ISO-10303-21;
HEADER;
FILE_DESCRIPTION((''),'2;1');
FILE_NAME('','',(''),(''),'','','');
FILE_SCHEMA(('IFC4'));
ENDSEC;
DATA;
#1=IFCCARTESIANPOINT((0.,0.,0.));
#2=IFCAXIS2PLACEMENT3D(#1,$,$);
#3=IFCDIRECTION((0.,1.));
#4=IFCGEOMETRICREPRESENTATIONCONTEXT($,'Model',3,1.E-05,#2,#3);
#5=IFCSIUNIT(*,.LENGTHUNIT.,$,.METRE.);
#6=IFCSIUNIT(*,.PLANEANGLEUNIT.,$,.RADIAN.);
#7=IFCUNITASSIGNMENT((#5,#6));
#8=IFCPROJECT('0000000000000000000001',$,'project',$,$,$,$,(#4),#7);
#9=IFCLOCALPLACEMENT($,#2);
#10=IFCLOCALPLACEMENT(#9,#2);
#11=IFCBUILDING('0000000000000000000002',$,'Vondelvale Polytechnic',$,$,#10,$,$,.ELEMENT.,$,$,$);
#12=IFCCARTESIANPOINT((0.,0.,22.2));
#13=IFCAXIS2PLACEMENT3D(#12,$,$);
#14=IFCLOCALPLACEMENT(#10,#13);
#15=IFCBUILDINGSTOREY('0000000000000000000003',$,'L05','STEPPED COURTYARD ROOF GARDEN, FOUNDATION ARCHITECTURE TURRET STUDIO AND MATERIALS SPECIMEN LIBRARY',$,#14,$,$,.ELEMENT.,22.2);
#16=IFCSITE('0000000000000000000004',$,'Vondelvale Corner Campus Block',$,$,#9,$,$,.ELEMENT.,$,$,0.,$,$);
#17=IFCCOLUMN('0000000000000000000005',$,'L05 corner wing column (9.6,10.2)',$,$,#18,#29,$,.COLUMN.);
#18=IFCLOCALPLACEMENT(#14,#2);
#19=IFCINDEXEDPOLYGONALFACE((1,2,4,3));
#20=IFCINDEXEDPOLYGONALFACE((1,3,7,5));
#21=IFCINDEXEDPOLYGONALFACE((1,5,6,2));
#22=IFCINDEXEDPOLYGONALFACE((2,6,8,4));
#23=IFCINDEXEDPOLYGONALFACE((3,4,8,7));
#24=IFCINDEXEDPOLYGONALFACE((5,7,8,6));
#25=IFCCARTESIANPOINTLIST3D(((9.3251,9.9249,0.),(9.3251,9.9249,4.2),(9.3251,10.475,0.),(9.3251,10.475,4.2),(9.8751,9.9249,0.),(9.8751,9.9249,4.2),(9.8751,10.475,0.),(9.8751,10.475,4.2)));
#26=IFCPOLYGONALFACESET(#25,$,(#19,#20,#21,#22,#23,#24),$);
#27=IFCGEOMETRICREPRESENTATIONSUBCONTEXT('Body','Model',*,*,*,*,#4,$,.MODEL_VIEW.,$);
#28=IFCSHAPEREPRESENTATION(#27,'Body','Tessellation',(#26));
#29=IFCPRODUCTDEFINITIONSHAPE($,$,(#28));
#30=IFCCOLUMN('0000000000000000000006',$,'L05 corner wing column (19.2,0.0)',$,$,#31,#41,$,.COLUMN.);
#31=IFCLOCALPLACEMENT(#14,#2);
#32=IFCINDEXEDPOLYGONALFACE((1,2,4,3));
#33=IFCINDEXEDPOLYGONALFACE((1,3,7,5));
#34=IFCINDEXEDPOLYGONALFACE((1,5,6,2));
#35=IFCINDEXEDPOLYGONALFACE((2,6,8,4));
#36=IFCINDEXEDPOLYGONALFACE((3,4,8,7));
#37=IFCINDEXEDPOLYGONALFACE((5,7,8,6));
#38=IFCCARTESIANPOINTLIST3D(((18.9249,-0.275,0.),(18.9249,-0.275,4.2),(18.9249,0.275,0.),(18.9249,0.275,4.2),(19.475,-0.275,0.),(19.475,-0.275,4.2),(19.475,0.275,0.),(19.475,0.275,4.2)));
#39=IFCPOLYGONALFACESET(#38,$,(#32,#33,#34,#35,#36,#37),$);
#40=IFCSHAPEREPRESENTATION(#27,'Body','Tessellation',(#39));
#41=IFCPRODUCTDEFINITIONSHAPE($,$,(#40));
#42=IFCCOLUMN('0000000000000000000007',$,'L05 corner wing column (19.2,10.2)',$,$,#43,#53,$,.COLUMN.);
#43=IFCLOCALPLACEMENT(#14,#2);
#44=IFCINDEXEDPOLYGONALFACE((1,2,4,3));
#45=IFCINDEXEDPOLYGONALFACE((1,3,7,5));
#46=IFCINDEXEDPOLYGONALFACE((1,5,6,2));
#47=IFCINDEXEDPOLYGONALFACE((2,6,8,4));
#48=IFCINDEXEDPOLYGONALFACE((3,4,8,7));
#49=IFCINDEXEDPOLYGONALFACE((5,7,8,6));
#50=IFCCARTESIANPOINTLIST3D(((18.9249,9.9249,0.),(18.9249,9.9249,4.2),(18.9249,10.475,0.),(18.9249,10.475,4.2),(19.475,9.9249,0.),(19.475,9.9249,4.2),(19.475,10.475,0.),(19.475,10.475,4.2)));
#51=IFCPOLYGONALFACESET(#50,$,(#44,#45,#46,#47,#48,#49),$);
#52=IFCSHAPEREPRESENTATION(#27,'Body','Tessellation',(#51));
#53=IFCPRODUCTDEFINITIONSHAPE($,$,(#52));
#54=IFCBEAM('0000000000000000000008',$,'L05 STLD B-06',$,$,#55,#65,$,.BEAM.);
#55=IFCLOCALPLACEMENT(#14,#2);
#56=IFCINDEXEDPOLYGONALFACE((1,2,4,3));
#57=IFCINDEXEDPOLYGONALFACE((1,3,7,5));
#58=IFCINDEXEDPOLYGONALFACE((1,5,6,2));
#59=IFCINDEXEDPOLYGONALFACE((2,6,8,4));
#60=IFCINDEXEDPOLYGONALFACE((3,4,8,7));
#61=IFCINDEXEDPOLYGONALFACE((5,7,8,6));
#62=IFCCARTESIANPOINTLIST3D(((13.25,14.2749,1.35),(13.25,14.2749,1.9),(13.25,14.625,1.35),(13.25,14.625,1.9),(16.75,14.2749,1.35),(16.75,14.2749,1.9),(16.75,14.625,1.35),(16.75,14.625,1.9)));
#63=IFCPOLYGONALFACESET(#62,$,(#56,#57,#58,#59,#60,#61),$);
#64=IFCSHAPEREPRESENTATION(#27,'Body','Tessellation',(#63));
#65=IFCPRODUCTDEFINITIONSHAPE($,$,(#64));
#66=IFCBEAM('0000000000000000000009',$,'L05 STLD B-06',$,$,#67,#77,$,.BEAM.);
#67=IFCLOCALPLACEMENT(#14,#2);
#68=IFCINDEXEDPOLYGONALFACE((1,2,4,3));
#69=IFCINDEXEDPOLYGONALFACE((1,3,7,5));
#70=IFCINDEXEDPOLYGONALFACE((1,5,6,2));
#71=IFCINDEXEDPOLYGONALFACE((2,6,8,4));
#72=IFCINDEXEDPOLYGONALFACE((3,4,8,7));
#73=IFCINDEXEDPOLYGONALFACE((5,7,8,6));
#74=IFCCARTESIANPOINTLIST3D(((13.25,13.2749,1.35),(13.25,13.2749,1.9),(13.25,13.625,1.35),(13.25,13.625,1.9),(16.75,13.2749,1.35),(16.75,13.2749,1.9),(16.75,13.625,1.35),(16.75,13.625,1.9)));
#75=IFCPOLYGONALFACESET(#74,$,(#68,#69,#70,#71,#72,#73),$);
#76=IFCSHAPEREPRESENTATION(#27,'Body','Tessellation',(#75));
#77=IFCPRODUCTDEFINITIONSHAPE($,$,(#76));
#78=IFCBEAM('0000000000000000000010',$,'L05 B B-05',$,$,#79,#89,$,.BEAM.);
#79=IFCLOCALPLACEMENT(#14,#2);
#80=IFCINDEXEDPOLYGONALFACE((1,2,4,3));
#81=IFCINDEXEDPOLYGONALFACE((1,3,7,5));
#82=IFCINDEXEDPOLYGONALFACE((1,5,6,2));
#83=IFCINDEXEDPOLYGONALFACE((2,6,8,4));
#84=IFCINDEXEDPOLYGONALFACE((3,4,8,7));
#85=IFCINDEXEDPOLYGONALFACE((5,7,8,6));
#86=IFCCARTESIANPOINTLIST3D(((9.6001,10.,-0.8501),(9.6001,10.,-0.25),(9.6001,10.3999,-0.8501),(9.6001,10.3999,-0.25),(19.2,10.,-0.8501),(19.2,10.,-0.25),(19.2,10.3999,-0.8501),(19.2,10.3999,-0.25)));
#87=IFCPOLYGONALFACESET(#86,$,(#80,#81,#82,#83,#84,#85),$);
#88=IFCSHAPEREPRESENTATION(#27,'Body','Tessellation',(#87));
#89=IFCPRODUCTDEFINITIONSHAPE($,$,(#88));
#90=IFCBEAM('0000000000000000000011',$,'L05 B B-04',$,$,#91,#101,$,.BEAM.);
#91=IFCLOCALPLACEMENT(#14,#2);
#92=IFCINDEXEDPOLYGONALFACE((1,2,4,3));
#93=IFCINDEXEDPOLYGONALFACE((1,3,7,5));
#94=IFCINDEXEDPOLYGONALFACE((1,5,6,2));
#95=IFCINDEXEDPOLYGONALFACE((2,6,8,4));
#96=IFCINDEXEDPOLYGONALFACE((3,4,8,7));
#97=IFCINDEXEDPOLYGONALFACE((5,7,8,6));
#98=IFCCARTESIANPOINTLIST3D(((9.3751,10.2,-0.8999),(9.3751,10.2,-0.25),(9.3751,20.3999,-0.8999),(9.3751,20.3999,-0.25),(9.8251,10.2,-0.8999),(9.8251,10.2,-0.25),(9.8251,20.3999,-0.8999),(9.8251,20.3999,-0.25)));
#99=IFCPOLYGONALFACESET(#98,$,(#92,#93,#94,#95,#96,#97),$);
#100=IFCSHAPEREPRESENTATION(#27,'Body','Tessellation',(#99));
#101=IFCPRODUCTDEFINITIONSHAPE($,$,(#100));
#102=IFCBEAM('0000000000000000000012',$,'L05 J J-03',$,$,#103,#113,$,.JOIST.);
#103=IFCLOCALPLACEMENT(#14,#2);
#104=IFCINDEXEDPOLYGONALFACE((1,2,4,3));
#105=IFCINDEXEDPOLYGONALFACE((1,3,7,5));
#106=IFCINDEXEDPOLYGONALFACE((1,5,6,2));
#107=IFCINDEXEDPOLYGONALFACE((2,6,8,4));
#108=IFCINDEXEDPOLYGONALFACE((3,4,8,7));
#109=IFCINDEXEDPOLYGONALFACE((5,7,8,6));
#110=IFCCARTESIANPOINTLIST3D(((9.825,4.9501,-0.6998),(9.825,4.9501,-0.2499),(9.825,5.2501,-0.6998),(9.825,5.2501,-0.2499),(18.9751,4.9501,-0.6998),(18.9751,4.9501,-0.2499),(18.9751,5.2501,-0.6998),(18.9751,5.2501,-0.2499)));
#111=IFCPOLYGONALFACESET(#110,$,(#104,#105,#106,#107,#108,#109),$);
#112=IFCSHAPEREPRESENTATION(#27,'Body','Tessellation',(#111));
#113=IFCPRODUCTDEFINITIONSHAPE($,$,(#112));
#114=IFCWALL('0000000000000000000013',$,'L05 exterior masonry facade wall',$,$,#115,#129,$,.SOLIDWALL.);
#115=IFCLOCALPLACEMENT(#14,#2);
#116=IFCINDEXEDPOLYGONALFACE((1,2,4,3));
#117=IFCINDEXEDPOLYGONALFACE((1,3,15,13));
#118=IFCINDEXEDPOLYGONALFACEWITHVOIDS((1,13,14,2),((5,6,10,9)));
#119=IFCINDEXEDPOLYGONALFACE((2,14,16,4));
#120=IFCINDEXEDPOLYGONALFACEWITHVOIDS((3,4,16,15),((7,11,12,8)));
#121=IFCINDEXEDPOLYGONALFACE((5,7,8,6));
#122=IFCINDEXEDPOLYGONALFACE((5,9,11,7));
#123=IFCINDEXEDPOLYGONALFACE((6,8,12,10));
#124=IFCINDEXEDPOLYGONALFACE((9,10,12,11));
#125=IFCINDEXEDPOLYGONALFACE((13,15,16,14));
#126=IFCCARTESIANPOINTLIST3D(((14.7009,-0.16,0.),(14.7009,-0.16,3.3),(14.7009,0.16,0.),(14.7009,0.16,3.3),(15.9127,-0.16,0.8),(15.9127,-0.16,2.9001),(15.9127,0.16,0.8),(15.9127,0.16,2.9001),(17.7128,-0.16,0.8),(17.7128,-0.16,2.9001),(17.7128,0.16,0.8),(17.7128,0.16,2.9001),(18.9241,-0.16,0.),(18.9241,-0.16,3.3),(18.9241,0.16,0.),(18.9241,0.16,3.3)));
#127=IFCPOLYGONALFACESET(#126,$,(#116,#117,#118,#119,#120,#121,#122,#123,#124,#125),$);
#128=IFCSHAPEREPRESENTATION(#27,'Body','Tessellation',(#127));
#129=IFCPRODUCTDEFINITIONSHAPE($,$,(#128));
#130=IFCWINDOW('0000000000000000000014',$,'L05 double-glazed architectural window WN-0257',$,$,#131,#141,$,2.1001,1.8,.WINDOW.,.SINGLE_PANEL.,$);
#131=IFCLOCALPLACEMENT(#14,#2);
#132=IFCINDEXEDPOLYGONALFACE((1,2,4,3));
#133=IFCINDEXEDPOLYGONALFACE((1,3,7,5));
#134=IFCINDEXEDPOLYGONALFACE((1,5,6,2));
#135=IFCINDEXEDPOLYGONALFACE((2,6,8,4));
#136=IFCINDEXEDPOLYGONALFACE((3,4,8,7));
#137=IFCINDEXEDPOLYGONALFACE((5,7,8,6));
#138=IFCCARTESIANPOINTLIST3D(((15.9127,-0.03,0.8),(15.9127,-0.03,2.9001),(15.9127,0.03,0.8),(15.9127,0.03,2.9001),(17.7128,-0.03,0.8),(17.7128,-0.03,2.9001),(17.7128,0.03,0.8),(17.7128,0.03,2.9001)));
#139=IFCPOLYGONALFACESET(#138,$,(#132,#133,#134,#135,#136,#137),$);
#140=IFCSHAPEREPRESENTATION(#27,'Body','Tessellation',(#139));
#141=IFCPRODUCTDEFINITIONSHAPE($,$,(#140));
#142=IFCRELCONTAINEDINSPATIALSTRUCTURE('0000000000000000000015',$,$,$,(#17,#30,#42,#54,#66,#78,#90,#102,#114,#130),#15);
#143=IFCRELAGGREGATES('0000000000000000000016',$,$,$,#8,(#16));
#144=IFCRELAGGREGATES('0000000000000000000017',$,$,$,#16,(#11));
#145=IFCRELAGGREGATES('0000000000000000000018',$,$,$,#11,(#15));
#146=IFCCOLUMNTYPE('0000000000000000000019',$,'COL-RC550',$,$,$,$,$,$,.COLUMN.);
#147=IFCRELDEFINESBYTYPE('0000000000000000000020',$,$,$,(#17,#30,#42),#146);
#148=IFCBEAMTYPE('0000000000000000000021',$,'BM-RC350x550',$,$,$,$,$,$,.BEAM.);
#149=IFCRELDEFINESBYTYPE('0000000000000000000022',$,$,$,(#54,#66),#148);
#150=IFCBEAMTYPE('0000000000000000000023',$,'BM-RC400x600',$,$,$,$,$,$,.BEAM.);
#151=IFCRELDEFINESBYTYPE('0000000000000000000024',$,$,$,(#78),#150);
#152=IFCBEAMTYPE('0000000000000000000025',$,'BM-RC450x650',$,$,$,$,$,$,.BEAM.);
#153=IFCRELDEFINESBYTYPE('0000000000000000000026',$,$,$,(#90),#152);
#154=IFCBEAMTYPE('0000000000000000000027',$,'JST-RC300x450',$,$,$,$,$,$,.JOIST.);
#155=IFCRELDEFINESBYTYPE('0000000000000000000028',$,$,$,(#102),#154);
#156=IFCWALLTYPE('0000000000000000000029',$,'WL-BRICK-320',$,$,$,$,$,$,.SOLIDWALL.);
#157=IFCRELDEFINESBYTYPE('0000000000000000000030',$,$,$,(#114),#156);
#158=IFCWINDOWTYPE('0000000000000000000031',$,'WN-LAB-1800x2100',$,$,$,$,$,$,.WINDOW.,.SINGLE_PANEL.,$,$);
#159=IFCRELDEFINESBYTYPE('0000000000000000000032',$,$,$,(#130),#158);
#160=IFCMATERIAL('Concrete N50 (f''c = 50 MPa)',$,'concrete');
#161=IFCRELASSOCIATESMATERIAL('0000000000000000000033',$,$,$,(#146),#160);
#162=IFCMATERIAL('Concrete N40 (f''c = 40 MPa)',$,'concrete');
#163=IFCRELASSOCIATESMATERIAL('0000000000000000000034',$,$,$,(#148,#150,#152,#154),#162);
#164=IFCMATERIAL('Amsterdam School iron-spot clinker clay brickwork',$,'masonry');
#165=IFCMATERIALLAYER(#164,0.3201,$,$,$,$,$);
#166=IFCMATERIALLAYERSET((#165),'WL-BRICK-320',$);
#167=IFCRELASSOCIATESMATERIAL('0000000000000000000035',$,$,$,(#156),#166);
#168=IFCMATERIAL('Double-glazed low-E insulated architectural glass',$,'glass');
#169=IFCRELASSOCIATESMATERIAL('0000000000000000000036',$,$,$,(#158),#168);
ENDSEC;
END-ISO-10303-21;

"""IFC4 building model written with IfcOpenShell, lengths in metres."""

from ifc_helpers import new_model, si_unit, direction, frame, frame_2d, origin, origin_2d, place, context, subcontext, project, spatial, rectangle, extrude, material, layer, layer_set, material_profile, profile_set, type_object, element, fill, save


model = new_model("IFC4")

# Units and contexts
model_context = context("Model", 3, precision=1e-05, world=origin(), true_north=direction((0.0, 1.0)))
body_context = subcontext(model_context, "Body", "Model", "MODEL_VIEW")
ifc_project = project(units=[si_unit("LENGTHUNIT", "METRE"), si_unit("PLANEANGLEUNIT", "RADIAN")], contexts=[model_context])

# Site, building, storey
site_placement = place(None, origin())
site = spatial("IfcSite", under=ifc_project, at=site_placement, Name="Vondelvale Corner Campus Block", CompositionType="ELEMENT", RefElevation=0.0)
building_placement = place(site_placement, origin())
building = spatial("IfcBuilding", under=site, at=building_placement, Name="Vondelvale Polytechnic", CompositionType="ELEMENT")
storey_placement = place(building_placement, frame((0.0, 0.0, 22.2)))
storey = spatial("IfcBuildingStorey", under=building, at=storey_placement, Name="L05", Description="STEPPED COURTYARD ROOF GARDEN, FOUNDATION ARCHITECTURE TURRET STUDIO AND MATERIALS SPECIMEN LIBRARY", CompositionType="ELEMENT", Elevation=22.2)

# Columns
ifc_material_1 = material(Name="Concrete N50 (f'c = 50 MPa)", Category="concrete")
ifc_material_profile_1 = material_profile(ifc_material_1, rectangle(XDim=0.55, YDim=0.55, at=origin_2d()), Name="RC-COL-550x550")
ifc_profile_set_1 = profile_set([ifc_material_profile_1], Name="Concrete N50 (f'c = 50 MPa)")
column_type = type_object("IfcColumnType", Name="COL-RC550", PredefinedType="COLUMN", material=ifc_profile_set_1)
for number, where, z_axis, x_axis, name in (
    (1, (9.6001, 10.2, 0.0), (0.0, 0.0, 1.0), (1.0, 0.0, 0.0), "L05 corner wing column (9.6,10.2)"),
    (2, (19.2, 0.0, 0.0), (0.0, 0.0, 1.0), (1.0, 0.0, 0.0), "L05 corner wing column (19.2,0.0)"),
    (3, (19.2, 10.2, 0.0), (0.0, 0.0, 1.0), (1.0, 0.0, 0.0), "L05 corner wing column (19.2,10.2)"),
):
    element("IfcColumn", number, at=place(storey_placement, frame(where, z_axis=z_axis, x_axis=x_axis)), inside=storey, type_object=column_type, Name=name, PredefinedType="COLUMN", context=body_context, shape_type="SweptSolid", body=[
        extrude(rectangle(XDim=0.55, YDim=0.55, at=origin_2d()), origin(), (0.0, 0.0, 1.0), 4.2),
    ])

# Beams
ifc_material_2 = material(Name="Concrete N40 (f'c = 40 MPa)", Category="concrete")
ifc_material_profile_2 = material_profile(ifc_material_2, rectangle(XDim=0.3501, YDim=0.55, at=origin_2d()), Name="RC-BM-350x550")
ifc_profile_set_2 = profile_set([ifc_material_profile_2], Name="Concrete N40 (f'c = 40 MPa)")
beam_type_1 = type_object("IfcBeamType", Name="BM-RC350x550", PredefinedType="BEAM", material=ifc_profile_set_2)
for number, where, z_axis, x_axis, name in (
    (4, (13.25, 14.45, 1.625), (1.0, 0.0, 0.0), (0.0, 1.0, 0.0), "L05 STLD B-06"),
    (5, (13.25, 13.45, 1.625), (1.0, 0.0, 0.0), (0.0, 1.0, 0.0), "L05 STLD B-06"),
):
    element("IfcBeam", number, at=place(storey_placement, frame(where, z_axis=z_axis, x_axis=x_axis)), inside=storey, type_object=beam_type_1, Name=name, PredefinedType="BEAM", context=body_context, shape_type="SweptSolid", body=[
        extrude(rectangle(XDim=0.3501, YDim=0.55, at=origin_2d()), origin(), (0.0, 0.0, 1.0), 3.5),
    ])
ifc_material_profile_3 = material_profile(ifc_material_2, rectangle(XDim=0.3999, YDim=0.6001, at=origin_2d()), Name="RC-BM-400x600")
ifc_profile_set_3 = profile_set([ifc_material_profile_3], Name="Concrete N40 (f'c = 40 MPa)")
beam_type_2 = type_object("IfcBeamType", Name="BM-RC400x600", PredefinedType="BEAM", material=ifc_profile_set_3)
beam_1_placement = place(storey_placement, frame((9.6001, 10.2, -0.55), z_axis=(1.0, 0.0, 0.0), x_axis=(0.0, 1.0, 0.0)))
element("IfcBeam", 6, at=beam_1_placement, inside=storey, type_object=beam_type_2, Name="L05 B B-05", PredefinedType="BEAM", context=body_context, shape_type="SweptSolid", body=[
    extrude(rectangle(XDim=0.3999, YDim=0.6001, at=origin_2d()), origin(), (0.0, 0.0, 1.0), 9.5999),
])
ifc_material_profile_4 = material_profile(ifc_material_2, rectangle(XDim=0.45, YDim=0.6499, at=origin_2d()), Name="RC-BM-450x650")
ifc_profile_set_4 = profile_set([ifc_material_profile_4], Name="Concrete N40 (f'c = 40 MPa)")
beam_type_3 = type_object("IfcBeamType", Name="BM-RC450x650", PredefinedType="BEAM", material=ifc_profile_set_4)
beam_2_placement = place(storey_placement, frame((9.6001, 10.2, -0.575), z_axis=(0.0, 1.0, 0.0), x_axis=(-1.0, 0.0, 0.0)))
element("IfcBeam", 7, at=beam_2_placement, inside=storey, type_object=beam_type_3, Name="L05 B B-04", PredefinedType="BEAM", context=body_context, shape_type="SweptSolid", body=[
    extrude(rectangle(XDim=0.45, YDim=0.6499, at=origin_2d()), origin(), (0.0, 0.0, 1.0), 10.2),
])
ifc_material_profile_5 = material_profile(ifc_material_2, rectangle(XDim=0.3, YDim=0.45, at=origin_2d()), Name="RC-JST-300x450")
ifc_profile_set_5 = profile_set([ifc_material_profile_5], Name="Concrete N40 (f'c = 40 MPa)")
beam_type_4 = type_object("IfcBeamType", Name="JST-RC300x450", PredefinedType="JOIST", material=ifc_profile_set_5)
beam_3_placement = place(storey_placement, frame((9.825, 5.1001, -0.4749), z_axis=(1.0, 0.0, 0.0), x_axis=(0.0, 1.0, 0.0)))
element("IfcBeam", 8, at=beam_3_placement, inside=storey, type_object=beam_type_4, Name="L05 J J-03", PredefinedType="JOIST", context=body_context, shape_type="SweptSolid", body=[
    extrude(rectangle(XDim=0.3, YDim=0.45, at=origin_2d()), origin(), (0.0, 0.0, 1.0), 9.1501),
])

# Wall, opening, window
ifc_material_3 = material(Name="Amsterdam School iron-spot clinker clay brickwork", Category="masonry")
ifc_layer_1 = layer(ifc_material_3, 0.3201)
ifc_layer_set_1 = layer_set([ifc_layer_1], Name="WL-BRICK-320")
wall_type_1 = type_object("IfcWallType", Name="WL-BRICK-320", PredefinedType="SOLIDWALL", material=ifc_layer_set_1)
wall_1_placement = place(storey_placement, frame((18.9241, 0.0, 0.0), z_axis=(0.0, 0.0, 1.0), x_axis=(-1.0, 0.0, 0.0)))
wall_1 = element("IfcWall", 9, at=wall_1_placement, inside=storey, type_object=wall_type_1, Name="L05 exterior masonry facade wall", PredefinedType="SOLIDWALL", context=body_context, shape_type="SweptSolid", body=[
    extrude(rectangle(XDim=4.2231, YDim=0.3201, at=frame_2d((2.1116, 0.0))), origin(), (0.0, 0.0, 1.0), 3.3),
])
opening_1_placement = place(wall_1_placement, frame((1.2114, 0.0, 0.8)))
opening_1 = element("IfcOpeningElement", 10, at=opening_1_placement, cuts=wall_1, PredefinedType="OPENING", context=body_context, shape_type="SweptSolid", body=[
    extrude(rectangle(XDim=1.8, YDim=2.1001, at=frame_2d((0.8999, 1.05))), frame((0.0, 0.1699, 0.0), z_axis=(0.0, -1.0, 0.0), x_axis=(1.0, 0.0, 0.0)), (0.0, 0.0, 1.0), 0.3401),
])
ifc_material_4 = material(Name="Double-glazed low-E insulated architectural glass", Category="glass")
window_type_1 = type_object("IfcWindowType", Name="WN-LAB-1800x2100", PartitioningType="SINGLE_PANEL", PredefinedType="WINDOW", material=ifc_material_4)
window_1_placement = place(opening_1_placement, origin())
window_1 = element("IfcWindow", 11, at=window_1_placement, inside=storey, type_object=window_type_1, Name="L05 double-glazed architectural window WN-0257", OverallHeight=2.1001, OverallWidth=1.8, PartitioningType="SINGLE_PANEL", PredefinedType="WINDOW", context=body_context, shape_type="SweptSolid", body=[
    extrude(rectangle(XDim=1.8, YDim=2.1001, at=frame_2d((0.8999, 1.05))), frame((0.0, 0.03, 0.0), z_axis=(0.0, -1.0, 0.0), x_axis=(1.0, 0.0, 0.0)), (0.0, 0.0, 1.0), 0.0601),
])
fill(opening_1, window_1)

save(model, "model.ifc")
